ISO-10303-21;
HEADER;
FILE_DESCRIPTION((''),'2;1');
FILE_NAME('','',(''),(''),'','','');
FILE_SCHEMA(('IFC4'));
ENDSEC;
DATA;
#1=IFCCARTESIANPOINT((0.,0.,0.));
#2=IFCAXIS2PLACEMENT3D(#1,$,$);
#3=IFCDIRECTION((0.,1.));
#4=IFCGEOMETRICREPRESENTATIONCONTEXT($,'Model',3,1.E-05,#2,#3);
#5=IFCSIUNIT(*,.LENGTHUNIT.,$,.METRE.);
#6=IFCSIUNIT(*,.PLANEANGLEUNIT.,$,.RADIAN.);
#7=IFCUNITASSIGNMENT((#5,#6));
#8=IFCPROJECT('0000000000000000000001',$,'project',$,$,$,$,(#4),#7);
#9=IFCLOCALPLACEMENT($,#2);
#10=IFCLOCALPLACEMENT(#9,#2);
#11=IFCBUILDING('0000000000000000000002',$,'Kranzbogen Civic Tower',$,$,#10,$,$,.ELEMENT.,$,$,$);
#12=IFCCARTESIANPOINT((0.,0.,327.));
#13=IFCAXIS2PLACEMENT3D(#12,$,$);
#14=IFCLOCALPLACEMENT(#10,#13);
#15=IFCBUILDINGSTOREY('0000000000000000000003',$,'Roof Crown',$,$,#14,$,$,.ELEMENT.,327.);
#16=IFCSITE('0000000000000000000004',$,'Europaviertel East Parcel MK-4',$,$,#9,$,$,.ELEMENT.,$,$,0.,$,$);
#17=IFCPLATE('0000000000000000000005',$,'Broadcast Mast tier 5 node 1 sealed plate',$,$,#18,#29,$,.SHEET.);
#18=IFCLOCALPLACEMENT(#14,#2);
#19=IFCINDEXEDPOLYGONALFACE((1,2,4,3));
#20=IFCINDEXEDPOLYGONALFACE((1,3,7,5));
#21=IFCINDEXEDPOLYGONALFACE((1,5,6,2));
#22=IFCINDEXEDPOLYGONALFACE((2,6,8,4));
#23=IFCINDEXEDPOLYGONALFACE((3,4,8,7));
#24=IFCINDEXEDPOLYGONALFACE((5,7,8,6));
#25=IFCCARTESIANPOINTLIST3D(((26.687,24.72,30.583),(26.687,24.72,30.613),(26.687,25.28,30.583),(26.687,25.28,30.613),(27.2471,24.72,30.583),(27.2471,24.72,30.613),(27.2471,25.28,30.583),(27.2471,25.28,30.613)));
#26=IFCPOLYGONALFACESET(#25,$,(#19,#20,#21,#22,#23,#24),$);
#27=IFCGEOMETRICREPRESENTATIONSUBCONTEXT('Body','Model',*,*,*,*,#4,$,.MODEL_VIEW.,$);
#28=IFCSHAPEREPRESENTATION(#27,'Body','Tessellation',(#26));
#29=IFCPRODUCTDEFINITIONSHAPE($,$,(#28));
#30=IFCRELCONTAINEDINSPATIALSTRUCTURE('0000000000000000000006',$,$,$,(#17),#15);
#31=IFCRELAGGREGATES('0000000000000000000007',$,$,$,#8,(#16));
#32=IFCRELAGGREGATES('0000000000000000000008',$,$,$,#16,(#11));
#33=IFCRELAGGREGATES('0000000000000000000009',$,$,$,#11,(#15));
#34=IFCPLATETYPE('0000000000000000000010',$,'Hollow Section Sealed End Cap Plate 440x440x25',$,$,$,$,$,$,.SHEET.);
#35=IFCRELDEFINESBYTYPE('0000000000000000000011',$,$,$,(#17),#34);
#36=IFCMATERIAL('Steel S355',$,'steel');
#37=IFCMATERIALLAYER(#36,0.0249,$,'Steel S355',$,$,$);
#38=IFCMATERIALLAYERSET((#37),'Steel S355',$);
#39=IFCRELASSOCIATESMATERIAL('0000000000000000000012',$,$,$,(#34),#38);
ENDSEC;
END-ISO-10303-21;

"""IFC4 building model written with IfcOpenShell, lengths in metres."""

from ifc_helpers import new_model, si_unit, direction, frame, origin, origin_2d, place, context, subcontext, project, spatial, rectangle, extrude, material, layer, layer_set, type_object, element, save


model = new_model("IFC4")

# Units and contexts
model_context = context("Model", 3, precision=1e-05, world=origin(), true_north=direction((0.0, 1.0)))
body_context = subcontext(model_context, "Body", "Model", "MODEL_VIEW")
ifc_project = project(units=[si_unit("LENGTHUNIT", "METRE"), si_unit("PLANEANGLEUNIT", "RADIAN")], contexts=[model_context])

# Site, building, storey
site_placement = place(None, origin())
site = spatial("IfcSite", under=ifc_project, at=site_placement, Name="Europaviertel East Parcel MK-4", CompositionType="ELEMENT", RefElevation=0.0)
building_placement = place(site_placement, origin())
building = spatial("IfcBuilding", under=site, at=building_placement, Name="Kranzbogen Civic Tower", CompositionType="ELEMENT")
storey_placement = place(building_placement, frame((0.0, 0.0, 327.0)))
storey = spatial("IfcBuildingStorey", under=building, at=storey_placement, Name="Roof Crown", CompositionType="ELEMENT", Elevation=327.0)

# Shared definitions
ifc_material = material(Name="Steel S355", Category="steel")

# Plate
ifc_layer = layer(ifc_material, 0.0249, Name="Steel S355")
ifc_layer_set = layer_set([ifc_layer], Name="Steel S355")
plate_type = type_object("IfcPlateType", Name="Hollow Section Sealed End Cap Plate 440x440x25", PredefinedType="SHEET", material=ifc_layer_set)
for number, where, z_axis, x_axis, name in (
    (1, (26.967, 25.0, 30.583), (0.0, 0.0, 1.0), (1.0, 0.0, 0.0), "Broadcast Mast tier 5 node 1 sealed plate"),
):
    element("IfcPlate", number, at=place(storey_placement, frame(where, z_axis=z_axis, x_axis=x_axis)), inside=storey, type_object=plate_type, Name=name, PredefinedType="SHEET", context=body_context, shape_type="SweptSolid", body=[
        extrude(rectangle(XDim=0.5601, YDim=0.5601, at=origin_2d()), origin(), (0.0, 0.0, 1.0), 0.03),
    ])

save(model, "model.ifc")
